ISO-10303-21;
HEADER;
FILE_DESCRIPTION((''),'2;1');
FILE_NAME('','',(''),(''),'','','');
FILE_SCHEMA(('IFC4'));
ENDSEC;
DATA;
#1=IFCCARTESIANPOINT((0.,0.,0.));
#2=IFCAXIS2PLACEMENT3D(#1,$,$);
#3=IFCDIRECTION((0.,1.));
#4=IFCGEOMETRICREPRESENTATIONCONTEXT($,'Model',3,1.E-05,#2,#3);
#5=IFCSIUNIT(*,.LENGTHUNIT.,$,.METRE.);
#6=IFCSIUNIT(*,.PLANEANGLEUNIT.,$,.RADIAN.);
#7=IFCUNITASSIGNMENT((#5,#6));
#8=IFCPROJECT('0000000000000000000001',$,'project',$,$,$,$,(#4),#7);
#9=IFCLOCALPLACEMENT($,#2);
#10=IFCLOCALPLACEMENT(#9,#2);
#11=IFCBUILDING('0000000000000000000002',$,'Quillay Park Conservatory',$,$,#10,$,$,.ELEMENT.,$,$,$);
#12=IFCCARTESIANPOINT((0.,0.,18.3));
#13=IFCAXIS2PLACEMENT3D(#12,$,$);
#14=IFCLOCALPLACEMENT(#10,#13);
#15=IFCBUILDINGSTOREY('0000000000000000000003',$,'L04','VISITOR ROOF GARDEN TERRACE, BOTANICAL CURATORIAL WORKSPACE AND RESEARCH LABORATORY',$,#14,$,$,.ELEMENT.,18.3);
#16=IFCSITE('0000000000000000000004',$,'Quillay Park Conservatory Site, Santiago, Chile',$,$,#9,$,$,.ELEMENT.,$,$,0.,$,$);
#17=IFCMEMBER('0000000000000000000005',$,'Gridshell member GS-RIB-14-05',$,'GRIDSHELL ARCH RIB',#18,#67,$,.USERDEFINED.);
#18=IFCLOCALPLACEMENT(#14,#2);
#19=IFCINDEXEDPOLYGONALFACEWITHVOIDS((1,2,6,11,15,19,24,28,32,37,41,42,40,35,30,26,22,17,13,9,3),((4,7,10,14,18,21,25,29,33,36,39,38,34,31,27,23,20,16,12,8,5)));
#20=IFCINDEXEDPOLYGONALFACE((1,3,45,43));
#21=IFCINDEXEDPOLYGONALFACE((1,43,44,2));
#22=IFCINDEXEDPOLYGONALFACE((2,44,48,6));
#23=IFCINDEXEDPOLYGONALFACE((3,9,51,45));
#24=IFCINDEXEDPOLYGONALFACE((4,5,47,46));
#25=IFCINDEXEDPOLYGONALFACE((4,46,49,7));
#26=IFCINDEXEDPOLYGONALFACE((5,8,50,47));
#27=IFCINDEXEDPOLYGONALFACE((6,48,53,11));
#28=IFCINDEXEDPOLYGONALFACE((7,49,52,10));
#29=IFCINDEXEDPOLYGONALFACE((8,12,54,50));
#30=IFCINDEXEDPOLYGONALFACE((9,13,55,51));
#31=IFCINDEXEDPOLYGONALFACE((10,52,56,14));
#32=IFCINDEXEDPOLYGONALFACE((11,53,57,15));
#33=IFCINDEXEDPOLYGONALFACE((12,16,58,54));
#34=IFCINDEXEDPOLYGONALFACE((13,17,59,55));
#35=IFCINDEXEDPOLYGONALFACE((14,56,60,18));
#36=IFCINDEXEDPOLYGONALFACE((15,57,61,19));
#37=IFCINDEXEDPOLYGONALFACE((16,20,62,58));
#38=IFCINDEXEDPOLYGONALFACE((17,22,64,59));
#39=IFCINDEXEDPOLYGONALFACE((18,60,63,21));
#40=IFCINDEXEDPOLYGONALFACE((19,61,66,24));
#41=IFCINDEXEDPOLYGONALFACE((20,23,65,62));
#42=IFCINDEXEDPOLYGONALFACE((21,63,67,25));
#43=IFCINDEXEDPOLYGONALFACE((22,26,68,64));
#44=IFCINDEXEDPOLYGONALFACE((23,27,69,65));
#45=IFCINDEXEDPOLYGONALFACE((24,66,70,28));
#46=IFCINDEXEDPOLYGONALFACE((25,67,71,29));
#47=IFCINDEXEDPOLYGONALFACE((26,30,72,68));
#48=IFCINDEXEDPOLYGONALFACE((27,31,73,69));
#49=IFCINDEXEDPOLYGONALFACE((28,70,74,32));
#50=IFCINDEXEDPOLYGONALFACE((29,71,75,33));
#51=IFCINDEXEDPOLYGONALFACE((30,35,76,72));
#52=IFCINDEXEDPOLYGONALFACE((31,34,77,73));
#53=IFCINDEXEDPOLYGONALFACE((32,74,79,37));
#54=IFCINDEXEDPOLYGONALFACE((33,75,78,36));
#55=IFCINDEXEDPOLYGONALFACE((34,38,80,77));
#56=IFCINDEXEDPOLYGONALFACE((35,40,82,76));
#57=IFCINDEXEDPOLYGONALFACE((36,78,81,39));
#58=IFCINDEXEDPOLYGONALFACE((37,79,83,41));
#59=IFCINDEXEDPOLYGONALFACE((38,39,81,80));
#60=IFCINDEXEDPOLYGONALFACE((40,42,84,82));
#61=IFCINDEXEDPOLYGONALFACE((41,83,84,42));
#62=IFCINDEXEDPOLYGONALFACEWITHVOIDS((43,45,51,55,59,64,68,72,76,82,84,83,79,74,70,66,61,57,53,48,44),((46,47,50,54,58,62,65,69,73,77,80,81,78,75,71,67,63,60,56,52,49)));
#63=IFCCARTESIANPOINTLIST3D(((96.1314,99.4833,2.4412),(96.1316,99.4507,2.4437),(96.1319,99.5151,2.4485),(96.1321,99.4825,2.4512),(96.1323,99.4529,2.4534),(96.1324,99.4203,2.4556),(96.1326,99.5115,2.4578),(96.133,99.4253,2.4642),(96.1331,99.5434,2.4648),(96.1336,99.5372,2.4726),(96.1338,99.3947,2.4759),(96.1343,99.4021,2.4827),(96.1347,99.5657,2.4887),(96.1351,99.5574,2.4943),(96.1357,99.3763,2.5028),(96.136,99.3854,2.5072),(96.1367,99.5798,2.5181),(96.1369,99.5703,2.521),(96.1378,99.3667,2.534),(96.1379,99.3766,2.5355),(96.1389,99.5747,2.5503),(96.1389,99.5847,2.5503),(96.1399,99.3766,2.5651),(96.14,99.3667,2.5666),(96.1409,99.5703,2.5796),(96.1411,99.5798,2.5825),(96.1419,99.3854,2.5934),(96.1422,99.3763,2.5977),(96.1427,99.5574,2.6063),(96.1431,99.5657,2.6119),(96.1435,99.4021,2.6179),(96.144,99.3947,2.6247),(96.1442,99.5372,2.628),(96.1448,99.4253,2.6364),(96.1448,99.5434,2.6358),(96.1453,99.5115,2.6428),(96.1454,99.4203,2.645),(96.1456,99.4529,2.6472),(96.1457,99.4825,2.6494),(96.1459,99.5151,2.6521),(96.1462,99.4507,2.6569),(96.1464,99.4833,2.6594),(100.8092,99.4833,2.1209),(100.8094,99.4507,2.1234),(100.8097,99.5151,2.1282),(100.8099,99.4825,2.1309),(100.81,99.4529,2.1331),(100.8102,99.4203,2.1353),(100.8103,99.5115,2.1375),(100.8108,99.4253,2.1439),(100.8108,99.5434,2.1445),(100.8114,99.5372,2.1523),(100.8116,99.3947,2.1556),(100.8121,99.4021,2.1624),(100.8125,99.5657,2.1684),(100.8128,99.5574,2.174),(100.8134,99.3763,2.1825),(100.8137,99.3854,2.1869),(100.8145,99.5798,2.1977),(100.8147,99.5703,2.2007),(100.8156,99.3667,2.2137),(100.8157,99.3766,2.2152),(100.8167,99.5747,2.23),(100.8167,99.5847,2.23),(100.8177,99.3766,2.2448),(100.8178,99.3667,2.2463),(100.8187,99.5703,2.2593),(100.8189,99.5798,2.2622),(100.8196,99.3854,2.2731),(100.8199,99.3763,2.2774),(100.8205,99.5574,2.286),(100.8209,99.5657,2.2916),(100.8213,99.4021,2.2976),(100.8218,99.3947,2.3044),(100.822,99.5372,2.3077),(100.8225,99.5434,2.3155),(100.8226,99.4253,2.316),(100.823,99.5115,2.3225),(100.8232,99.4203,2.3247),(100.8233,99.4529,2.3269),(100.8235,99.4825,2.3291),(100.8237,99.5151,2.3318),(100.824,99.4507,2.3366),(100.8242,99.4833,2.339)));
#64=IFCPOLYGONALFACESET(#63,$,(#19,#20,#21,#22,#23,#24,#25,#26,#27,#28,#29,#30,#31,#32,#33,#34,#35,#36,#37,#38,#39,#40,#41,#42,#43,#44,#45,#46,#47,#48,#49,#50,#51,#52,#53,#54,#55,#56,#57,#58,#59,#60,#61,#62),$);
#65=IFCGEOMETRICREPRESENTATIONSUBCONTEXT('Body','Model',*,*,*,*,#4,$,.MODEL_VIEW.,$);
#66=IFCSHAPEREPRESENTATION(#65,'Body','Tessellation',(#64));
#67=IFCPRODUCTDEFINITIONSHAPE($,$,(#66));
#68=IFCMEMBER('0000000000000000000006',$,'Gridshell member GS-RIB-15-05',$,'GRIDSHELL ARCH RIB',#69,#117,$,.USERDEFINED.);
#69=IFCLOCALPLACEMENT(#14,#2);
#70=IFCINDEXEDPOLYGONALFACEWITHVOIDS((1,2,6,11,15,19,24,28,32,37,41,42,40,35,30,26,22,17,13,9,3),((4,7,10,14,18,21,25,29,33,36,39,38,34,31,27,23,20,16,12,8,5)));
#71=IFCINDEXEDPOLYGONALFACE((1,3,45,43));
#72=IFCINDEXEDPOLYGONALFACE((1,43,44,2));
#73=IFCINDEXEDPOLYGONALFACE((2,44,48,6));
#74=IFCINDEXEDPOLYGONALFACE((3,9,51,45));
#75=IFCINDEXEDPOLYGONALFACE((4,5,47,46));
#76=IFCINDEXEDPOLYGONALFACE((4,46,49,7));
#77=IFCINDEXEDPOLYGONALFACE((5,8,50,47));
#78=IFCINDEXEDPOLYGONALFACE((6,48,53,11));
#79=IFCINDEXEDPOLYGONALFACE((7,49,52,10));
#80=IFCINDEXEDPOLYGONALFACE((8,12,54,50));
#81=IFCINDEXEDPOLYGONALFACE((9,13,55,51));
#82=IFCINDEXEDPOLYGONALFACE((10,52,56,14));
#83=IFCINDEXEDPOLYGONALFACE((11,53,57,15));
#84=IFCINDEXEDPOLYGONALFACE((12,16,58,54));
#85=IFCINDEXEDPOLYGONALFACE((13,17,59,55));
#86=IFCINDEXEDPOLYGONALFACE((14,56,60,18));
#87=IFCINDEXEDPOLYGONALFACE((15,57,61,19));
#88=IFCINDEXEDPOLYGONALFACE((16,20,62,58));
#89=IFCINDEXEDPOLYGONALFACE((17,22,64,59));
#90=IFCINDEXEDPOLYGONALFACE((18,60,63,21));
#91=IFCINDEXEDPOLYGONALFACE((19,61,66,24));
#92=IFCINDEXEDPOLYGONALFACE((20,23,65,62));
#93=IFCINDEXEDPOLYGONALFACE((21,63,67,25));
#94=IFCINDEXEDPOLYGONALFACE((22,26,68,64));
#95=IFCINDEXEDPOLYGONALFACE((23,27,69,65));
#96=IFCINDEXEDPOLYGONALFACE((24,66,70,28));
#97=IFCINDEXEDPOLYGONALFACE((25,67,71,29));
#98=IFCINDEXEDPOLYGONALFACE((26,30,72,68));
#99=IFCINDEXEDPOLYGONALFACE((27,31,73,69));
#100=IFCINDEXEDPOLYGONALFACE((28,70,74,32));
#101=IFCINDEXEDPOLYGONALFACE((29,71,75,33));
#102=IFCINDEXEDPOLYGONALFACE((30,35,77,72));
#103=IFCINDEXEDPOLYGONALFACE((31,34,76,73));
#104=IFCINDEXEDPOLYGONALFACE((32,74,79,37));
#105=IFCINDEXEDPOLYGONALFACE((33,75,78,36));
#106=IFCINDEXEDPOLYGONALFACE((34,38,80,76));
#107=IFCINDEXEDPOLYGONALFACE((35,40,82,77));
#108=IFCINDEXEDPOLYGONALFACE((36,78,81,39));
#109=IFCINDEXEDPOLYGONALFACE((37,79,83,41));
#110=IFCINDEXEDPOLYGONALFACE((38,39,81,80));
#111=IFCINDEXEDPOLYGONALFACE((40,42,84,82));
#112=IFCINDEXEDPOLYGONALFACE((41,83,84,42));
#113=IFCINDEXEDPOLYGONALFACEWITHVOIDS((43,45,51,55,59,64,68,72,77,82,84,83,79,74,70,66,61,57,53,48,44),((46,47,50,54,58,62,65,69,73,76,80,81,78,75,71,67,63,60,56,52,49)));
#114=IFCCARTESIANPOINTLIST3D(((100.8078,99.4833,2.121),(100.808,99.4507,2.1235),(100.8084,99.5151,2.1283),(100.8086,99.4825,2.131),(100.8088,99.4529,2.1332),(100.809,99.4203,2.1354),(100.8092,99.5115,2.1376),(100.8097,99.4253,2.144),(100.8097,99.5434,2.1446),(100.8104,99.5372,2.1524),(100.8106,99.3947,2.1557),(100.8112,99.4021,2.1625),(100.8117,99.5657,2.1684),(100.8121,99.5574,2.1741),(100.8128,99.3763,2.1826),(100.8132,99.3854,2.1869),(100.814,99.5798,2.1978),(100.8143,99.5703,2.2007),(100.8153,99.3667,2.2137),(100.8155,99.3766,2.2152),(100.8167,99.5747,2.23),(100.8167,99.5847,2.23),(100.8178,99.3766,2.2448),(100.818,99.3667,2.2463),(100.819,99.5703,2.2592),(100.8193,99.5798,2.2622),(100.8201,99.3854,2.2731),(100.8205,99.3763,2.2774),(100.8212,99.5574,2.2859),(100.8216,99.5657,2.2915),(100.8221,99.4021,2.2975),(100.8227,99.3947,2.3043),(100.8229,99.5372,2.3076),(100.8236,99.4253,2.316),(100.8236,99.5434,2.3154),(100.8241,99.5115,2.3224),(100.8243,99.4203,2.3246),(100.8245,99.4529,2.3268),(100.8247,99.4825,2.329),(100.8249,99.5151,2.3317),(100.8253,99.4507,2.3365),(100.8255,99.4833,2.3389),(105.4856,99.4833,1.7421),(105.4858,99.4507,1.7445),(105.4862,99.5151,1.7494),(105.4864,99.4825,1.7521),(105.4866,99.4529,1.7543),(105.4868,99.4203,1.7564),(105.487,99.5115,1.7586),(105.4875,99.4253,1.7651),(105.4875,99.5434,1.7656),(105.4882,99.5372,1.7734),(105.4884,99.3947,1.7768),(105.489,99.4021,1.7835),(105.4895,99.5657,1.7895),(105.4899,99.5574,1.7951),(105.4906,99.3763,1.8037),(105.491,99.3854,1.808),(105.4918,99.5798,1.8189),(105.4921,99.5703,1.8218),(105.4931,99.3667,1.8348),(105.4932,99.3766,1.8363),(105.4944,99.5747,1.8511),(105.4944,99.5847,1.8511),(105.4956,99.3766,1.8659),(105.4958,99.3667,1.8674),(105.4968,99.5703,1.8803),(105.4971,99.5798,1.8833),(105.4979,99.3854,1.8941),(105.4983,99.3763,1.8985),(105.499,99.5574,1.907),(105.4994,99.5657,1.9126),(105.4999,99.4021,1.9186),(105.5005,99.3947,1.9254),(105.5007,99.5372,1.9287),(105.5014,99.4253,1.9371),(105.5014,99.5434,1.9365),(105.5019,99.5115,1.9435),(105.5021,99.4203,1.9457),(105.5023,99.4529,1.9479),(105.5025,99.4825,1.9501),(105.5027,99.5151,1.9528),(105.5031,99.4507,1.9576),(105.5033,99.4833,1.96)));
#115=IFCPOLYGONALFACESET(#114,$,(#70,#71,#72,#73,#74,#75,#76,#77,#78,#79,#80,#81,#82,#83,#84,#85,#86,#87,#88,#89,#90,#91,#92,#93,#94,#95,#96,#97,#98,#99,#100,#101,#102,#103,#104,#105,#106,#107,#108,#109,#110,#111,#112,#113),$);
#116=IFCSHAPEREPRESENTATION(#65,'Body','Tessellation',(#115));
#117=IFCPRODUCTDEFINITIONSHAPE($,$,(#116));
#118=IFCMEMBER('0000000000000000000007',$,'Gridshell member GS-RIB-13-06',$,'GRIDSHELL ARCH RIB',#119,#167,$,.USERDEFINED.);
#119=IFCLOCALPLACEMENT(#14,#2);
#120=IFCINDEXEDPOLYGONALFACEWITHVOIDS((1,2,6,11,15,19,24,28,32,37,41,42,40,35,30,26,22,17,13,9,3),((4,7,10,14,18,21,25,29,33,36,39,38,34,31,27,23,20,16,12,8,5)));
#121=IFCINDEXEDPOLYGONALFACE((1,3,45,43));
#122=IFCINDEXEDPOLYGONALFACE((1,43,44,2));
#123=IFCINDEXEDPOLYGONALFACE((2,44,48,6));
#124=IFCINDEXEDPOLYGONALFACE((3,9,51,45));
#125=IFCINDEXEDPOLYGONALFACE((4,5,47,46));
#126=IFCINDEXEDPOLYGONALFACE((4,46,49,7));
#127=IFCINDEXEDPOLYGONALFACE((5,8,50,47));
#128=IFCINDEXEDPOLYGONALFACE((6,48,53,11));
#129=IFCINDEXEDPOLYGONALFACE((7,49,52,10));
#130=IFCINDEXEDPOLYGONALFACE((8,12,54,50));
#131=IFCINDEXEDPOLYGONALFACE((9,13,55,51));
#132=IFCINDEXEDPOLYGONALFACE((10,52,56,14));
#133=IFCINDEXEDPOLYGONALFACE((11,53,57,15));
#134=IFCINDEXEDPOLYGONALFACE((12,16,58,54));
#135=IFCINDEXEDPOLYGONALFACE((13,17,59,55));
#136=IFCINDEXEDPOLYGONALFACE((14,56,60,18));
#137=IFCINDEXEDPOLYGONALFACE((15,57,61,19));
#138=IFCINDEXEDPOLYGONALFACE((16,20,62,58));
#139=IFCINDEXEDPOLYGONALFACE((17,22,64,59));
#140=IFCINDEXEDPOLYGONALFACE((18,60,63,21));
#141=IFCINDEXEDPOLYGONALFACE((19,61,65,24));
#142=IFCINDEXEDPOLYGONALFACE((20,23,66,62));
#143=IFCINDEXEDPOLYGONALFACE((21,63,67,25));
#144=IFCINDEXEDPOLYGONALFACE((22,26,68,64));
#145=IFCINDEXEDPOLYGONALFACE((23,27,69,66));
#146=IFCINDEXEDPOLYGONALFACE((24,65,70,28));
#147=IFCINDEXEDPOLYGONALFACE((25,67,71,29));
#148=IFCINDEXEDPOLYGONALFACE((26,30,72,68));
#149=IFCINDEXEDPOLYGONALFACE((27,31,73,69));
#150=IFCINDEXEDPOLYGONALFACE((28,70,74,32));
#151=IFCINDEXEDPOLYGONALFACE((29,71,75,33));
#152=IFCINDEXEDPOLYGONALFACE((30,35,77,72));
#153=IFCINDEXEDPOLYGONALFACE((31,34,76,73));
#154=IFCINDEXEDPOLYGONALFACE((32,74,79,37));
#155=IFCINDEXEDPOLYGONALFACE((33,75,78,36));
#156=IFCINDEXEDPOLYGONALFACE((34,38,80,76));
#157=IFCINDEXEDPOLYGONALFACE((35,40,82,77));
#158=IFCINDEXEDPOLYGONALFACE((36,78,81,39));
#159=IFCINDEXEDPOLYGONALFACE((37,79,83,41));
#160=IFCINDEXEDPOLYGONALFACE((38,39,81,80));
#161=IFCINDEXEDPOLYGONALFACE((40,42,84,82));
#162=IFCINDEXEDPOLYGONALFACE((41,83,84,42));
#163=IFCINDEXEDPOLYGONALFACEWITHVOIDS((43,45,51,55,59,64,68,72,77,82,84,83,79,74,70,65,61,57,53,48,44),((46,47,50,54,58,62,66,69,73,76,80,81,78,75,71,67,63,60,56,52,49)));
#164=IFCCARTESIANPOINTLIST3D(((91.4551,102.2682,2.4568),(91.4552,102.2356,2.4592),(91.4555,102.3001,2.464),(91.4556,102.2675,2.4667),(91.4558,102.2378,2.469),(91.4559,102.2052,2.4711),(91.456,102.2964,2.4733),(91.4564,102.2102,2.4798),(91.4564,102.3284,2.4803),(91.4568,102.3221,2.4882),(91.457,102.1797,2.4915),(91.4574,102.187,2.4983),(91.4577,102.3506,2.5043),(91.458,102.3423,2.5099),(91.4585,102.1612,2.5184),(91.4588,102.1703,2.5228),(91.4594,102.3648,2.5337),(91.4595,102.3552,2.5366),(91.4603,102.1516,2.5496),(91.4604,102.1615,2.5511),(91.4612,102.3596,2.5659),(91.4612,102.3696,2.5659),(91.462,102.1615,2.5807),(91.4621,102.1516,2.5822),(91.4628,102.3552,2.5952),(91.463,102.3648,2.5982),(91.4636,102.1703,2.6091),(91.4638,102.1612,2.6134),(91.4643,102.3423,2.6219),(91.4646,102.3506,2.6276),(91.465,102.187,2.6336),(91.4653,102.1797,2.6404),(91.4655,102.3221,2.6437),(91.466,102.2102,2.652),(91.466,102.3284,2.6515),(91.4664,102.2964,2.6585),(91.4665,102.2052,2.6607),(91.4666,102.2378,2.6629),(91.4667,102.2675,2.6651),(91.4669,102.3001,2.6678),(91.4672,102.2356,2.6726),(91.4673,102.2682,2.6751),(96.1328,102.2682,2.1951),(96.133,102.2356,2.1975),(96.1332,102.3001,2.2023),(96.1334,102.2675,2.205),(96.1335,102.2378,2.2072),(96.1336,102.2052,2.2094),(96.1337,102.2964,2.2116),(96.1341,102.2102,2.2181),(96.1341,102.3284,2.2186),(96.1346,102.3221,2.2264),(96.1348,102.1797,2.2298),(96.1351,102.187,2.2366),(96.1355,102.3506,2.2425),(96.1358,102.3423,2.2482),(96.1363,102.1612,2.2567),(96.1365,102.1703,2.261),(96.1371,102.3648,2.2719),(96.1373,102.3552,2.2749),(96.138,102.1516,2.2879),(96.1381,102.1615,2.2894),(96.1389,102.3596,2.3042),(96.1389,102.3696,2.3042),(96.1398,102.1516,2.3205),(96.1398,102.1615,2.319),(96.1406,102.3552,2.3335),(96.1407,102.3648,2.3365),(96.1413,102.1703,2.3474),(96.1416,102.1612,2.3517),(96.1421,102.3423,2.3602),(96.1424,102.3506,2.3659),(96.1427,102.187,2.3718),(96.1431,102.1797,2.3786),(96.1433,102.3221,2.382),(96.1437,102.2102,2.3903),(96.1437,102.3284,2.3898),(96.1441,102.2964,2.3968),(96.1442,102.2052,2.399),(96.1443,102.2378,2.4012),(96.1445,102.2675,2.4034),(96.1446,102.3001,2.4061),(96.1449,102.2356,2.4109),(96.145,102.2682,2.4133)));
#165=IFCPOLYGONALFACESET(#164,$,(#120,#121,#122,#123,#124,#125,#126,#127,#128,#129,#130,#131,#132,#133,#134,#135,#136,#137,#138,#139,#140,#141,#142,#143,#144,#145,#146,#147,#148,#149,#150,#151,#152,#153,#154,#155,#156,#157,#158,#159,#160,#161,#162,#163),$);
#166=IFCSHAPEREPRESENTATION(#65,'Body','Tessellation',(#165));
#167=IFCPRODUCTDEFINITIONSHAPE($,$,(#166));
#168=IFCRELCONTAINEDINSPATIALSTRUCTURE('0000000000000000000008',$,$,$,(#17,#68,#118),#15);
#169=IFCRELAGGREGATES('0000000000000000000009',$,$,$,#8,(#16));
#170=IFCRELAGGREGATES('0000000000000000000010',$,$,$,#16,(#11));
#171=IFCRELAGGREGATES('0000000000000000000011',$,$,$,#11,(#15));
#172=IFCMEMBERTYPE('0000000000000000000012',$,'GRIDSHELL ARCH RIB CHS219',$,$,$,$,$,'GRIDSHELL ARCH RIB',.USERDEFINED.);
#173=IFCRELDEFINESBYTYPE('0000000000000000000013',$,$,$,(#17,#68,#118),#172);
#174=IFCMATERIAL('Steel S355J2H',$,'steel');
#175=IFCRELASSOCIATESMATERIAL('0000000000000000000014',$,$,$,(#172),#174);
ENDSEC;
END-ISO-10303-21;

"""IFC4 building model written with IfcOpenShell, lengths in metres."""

from ifc_helpers import new_model, si_unit, direction, frame, origin, origin_2d, place, context, subcontext, project, spatial, hollow_circle, extrude, material, material_profile, profile_set, type_object, element, save


model = new_model("IFC4")

# Units and contexts
model_context = context("Model", 3, precision=1e-05, world=origin(), true_north=direction((0.0, 1.0)))
body_context = subcontext(model_context, "Body", "Model", "MODEL_VIEW")
ifc_project = project(units=[si_unit("LENGTHUNIT", "METRE"), si_unit("PLANEANGLEUNIT", "RADIAN")], contexts=[model_context])

# Site, building, storey
site_placement = place(None, origin())
site = spatial("IfcSite", under=ifc_project, at=site_placement, Name="Quillay Park Conservatory Site, Santiago, Chile", CompositionType="ELEMENT", RefElevation=0.0)
building_placement = place(site_placement, origin())
building = spatial("IfcBuilding", under=site, at=building_placement, Name="Quillay Park Conservatory", CompositionType="ELEMENT")
storey_placement = place(building_placement, frame((0.0, 0.0, 18.3)))
storey = spatial("IfcBuildingStorey", under=building, at=storey_placement, Name="L04", Description="VISITOR ROOF GARDEN TERRACE, BOTANICAL CURATORIAL WORKSPACE AND RESEARCH LABORATORY", CompositionType="ELEMENT", Elevation=18.3)

# Members
ifc_material_1 = material(Name="Steel S355J2H", Category="steel")
ifc_material_profile_1 = material_profile(ifc_material_1, hollow_circle(Radius=0.1096, WallThickness=0.01, at=origin_2d()), Name="CHS219.1x10")
ifc_profile_set_1 = profile_set([ifc_material_profile_1], Name="Steel S355J2H")
member_type = type_object("IfcMemberType", Name="GRIDSHELL ARCH RIB CHS219", ElementType="GRIDSHELL ARCH RIB", PredefinedType="USERDEFINED", material=ifc_profile_set_1)
member_1_placement = place(storey_placement, frame((96.1389, 99.4751, 2.5503), z_axis=(0.997664, 0.0, -0.068316), x_axis=(0.0, 1.0, 0.0)))
element("IfcMember", 1, at=member_1_placement, inside=storey, type_object=member_type, Name="Gridshell member GS-RIB-14-05", ObjectType="GRIDSHELL ARCH RIB", PredefinedType="USERDEFINED", context=body_context, shape_type="SweptSolid", body=[
    extrude(hollow_circle(Radius=0.1096, WallThickness=0.01, at=origin_2d()), origin(), (0.0, 0.0, 1.0), 4.6887),
])
member_2_placement = place(storey_placement, frame((100.8167, 99.4751, 2.23), z_axis=(0.996735, 0.0, -0.080738), x_axis=(0.0, 1.0, 0.0)))
element("IfcMember", 2, at=member_2_placement, inside=storey, type_object=member_type, Name="Gridshell member GS-RIB-15-05", ObjectType="GRIDSHELL ARCH RIB", PredefinedType="USERDEFINED", context=body_context, shape_type="SweptSolid", body=[
    extrude(hollow_circle(Radius=0.1096, WallThickness=0.01, at=origin_2d()), origin(), (0.0, 0.0, 1.0), 4.6931),
])
member_3_placement = place(storey_placement, frame((91.4612, 102.26, 2.5659), z_axis=(0.998438, 0.0, -0.055863), x_axis=(0.0, 1.0, 0.0)))
element("IfcMember", 3, at=member_3_placement, inside=storey, type_object=member_type, Name="Gridshell member GS-RIB-13-06", ObjectType="GRIDSHELL ARCH RIB", PredefinedType="USERDEFINED", context=body_context, shape_type="SweptSolid", body=[
    extrude(hollow_circle(Radius=0.1096, WallThickness=0.01, at=origin_2d()), origin(), (0.0, 0.0, 1.0), 4.6851),
])

save(model, "model.ifc")
